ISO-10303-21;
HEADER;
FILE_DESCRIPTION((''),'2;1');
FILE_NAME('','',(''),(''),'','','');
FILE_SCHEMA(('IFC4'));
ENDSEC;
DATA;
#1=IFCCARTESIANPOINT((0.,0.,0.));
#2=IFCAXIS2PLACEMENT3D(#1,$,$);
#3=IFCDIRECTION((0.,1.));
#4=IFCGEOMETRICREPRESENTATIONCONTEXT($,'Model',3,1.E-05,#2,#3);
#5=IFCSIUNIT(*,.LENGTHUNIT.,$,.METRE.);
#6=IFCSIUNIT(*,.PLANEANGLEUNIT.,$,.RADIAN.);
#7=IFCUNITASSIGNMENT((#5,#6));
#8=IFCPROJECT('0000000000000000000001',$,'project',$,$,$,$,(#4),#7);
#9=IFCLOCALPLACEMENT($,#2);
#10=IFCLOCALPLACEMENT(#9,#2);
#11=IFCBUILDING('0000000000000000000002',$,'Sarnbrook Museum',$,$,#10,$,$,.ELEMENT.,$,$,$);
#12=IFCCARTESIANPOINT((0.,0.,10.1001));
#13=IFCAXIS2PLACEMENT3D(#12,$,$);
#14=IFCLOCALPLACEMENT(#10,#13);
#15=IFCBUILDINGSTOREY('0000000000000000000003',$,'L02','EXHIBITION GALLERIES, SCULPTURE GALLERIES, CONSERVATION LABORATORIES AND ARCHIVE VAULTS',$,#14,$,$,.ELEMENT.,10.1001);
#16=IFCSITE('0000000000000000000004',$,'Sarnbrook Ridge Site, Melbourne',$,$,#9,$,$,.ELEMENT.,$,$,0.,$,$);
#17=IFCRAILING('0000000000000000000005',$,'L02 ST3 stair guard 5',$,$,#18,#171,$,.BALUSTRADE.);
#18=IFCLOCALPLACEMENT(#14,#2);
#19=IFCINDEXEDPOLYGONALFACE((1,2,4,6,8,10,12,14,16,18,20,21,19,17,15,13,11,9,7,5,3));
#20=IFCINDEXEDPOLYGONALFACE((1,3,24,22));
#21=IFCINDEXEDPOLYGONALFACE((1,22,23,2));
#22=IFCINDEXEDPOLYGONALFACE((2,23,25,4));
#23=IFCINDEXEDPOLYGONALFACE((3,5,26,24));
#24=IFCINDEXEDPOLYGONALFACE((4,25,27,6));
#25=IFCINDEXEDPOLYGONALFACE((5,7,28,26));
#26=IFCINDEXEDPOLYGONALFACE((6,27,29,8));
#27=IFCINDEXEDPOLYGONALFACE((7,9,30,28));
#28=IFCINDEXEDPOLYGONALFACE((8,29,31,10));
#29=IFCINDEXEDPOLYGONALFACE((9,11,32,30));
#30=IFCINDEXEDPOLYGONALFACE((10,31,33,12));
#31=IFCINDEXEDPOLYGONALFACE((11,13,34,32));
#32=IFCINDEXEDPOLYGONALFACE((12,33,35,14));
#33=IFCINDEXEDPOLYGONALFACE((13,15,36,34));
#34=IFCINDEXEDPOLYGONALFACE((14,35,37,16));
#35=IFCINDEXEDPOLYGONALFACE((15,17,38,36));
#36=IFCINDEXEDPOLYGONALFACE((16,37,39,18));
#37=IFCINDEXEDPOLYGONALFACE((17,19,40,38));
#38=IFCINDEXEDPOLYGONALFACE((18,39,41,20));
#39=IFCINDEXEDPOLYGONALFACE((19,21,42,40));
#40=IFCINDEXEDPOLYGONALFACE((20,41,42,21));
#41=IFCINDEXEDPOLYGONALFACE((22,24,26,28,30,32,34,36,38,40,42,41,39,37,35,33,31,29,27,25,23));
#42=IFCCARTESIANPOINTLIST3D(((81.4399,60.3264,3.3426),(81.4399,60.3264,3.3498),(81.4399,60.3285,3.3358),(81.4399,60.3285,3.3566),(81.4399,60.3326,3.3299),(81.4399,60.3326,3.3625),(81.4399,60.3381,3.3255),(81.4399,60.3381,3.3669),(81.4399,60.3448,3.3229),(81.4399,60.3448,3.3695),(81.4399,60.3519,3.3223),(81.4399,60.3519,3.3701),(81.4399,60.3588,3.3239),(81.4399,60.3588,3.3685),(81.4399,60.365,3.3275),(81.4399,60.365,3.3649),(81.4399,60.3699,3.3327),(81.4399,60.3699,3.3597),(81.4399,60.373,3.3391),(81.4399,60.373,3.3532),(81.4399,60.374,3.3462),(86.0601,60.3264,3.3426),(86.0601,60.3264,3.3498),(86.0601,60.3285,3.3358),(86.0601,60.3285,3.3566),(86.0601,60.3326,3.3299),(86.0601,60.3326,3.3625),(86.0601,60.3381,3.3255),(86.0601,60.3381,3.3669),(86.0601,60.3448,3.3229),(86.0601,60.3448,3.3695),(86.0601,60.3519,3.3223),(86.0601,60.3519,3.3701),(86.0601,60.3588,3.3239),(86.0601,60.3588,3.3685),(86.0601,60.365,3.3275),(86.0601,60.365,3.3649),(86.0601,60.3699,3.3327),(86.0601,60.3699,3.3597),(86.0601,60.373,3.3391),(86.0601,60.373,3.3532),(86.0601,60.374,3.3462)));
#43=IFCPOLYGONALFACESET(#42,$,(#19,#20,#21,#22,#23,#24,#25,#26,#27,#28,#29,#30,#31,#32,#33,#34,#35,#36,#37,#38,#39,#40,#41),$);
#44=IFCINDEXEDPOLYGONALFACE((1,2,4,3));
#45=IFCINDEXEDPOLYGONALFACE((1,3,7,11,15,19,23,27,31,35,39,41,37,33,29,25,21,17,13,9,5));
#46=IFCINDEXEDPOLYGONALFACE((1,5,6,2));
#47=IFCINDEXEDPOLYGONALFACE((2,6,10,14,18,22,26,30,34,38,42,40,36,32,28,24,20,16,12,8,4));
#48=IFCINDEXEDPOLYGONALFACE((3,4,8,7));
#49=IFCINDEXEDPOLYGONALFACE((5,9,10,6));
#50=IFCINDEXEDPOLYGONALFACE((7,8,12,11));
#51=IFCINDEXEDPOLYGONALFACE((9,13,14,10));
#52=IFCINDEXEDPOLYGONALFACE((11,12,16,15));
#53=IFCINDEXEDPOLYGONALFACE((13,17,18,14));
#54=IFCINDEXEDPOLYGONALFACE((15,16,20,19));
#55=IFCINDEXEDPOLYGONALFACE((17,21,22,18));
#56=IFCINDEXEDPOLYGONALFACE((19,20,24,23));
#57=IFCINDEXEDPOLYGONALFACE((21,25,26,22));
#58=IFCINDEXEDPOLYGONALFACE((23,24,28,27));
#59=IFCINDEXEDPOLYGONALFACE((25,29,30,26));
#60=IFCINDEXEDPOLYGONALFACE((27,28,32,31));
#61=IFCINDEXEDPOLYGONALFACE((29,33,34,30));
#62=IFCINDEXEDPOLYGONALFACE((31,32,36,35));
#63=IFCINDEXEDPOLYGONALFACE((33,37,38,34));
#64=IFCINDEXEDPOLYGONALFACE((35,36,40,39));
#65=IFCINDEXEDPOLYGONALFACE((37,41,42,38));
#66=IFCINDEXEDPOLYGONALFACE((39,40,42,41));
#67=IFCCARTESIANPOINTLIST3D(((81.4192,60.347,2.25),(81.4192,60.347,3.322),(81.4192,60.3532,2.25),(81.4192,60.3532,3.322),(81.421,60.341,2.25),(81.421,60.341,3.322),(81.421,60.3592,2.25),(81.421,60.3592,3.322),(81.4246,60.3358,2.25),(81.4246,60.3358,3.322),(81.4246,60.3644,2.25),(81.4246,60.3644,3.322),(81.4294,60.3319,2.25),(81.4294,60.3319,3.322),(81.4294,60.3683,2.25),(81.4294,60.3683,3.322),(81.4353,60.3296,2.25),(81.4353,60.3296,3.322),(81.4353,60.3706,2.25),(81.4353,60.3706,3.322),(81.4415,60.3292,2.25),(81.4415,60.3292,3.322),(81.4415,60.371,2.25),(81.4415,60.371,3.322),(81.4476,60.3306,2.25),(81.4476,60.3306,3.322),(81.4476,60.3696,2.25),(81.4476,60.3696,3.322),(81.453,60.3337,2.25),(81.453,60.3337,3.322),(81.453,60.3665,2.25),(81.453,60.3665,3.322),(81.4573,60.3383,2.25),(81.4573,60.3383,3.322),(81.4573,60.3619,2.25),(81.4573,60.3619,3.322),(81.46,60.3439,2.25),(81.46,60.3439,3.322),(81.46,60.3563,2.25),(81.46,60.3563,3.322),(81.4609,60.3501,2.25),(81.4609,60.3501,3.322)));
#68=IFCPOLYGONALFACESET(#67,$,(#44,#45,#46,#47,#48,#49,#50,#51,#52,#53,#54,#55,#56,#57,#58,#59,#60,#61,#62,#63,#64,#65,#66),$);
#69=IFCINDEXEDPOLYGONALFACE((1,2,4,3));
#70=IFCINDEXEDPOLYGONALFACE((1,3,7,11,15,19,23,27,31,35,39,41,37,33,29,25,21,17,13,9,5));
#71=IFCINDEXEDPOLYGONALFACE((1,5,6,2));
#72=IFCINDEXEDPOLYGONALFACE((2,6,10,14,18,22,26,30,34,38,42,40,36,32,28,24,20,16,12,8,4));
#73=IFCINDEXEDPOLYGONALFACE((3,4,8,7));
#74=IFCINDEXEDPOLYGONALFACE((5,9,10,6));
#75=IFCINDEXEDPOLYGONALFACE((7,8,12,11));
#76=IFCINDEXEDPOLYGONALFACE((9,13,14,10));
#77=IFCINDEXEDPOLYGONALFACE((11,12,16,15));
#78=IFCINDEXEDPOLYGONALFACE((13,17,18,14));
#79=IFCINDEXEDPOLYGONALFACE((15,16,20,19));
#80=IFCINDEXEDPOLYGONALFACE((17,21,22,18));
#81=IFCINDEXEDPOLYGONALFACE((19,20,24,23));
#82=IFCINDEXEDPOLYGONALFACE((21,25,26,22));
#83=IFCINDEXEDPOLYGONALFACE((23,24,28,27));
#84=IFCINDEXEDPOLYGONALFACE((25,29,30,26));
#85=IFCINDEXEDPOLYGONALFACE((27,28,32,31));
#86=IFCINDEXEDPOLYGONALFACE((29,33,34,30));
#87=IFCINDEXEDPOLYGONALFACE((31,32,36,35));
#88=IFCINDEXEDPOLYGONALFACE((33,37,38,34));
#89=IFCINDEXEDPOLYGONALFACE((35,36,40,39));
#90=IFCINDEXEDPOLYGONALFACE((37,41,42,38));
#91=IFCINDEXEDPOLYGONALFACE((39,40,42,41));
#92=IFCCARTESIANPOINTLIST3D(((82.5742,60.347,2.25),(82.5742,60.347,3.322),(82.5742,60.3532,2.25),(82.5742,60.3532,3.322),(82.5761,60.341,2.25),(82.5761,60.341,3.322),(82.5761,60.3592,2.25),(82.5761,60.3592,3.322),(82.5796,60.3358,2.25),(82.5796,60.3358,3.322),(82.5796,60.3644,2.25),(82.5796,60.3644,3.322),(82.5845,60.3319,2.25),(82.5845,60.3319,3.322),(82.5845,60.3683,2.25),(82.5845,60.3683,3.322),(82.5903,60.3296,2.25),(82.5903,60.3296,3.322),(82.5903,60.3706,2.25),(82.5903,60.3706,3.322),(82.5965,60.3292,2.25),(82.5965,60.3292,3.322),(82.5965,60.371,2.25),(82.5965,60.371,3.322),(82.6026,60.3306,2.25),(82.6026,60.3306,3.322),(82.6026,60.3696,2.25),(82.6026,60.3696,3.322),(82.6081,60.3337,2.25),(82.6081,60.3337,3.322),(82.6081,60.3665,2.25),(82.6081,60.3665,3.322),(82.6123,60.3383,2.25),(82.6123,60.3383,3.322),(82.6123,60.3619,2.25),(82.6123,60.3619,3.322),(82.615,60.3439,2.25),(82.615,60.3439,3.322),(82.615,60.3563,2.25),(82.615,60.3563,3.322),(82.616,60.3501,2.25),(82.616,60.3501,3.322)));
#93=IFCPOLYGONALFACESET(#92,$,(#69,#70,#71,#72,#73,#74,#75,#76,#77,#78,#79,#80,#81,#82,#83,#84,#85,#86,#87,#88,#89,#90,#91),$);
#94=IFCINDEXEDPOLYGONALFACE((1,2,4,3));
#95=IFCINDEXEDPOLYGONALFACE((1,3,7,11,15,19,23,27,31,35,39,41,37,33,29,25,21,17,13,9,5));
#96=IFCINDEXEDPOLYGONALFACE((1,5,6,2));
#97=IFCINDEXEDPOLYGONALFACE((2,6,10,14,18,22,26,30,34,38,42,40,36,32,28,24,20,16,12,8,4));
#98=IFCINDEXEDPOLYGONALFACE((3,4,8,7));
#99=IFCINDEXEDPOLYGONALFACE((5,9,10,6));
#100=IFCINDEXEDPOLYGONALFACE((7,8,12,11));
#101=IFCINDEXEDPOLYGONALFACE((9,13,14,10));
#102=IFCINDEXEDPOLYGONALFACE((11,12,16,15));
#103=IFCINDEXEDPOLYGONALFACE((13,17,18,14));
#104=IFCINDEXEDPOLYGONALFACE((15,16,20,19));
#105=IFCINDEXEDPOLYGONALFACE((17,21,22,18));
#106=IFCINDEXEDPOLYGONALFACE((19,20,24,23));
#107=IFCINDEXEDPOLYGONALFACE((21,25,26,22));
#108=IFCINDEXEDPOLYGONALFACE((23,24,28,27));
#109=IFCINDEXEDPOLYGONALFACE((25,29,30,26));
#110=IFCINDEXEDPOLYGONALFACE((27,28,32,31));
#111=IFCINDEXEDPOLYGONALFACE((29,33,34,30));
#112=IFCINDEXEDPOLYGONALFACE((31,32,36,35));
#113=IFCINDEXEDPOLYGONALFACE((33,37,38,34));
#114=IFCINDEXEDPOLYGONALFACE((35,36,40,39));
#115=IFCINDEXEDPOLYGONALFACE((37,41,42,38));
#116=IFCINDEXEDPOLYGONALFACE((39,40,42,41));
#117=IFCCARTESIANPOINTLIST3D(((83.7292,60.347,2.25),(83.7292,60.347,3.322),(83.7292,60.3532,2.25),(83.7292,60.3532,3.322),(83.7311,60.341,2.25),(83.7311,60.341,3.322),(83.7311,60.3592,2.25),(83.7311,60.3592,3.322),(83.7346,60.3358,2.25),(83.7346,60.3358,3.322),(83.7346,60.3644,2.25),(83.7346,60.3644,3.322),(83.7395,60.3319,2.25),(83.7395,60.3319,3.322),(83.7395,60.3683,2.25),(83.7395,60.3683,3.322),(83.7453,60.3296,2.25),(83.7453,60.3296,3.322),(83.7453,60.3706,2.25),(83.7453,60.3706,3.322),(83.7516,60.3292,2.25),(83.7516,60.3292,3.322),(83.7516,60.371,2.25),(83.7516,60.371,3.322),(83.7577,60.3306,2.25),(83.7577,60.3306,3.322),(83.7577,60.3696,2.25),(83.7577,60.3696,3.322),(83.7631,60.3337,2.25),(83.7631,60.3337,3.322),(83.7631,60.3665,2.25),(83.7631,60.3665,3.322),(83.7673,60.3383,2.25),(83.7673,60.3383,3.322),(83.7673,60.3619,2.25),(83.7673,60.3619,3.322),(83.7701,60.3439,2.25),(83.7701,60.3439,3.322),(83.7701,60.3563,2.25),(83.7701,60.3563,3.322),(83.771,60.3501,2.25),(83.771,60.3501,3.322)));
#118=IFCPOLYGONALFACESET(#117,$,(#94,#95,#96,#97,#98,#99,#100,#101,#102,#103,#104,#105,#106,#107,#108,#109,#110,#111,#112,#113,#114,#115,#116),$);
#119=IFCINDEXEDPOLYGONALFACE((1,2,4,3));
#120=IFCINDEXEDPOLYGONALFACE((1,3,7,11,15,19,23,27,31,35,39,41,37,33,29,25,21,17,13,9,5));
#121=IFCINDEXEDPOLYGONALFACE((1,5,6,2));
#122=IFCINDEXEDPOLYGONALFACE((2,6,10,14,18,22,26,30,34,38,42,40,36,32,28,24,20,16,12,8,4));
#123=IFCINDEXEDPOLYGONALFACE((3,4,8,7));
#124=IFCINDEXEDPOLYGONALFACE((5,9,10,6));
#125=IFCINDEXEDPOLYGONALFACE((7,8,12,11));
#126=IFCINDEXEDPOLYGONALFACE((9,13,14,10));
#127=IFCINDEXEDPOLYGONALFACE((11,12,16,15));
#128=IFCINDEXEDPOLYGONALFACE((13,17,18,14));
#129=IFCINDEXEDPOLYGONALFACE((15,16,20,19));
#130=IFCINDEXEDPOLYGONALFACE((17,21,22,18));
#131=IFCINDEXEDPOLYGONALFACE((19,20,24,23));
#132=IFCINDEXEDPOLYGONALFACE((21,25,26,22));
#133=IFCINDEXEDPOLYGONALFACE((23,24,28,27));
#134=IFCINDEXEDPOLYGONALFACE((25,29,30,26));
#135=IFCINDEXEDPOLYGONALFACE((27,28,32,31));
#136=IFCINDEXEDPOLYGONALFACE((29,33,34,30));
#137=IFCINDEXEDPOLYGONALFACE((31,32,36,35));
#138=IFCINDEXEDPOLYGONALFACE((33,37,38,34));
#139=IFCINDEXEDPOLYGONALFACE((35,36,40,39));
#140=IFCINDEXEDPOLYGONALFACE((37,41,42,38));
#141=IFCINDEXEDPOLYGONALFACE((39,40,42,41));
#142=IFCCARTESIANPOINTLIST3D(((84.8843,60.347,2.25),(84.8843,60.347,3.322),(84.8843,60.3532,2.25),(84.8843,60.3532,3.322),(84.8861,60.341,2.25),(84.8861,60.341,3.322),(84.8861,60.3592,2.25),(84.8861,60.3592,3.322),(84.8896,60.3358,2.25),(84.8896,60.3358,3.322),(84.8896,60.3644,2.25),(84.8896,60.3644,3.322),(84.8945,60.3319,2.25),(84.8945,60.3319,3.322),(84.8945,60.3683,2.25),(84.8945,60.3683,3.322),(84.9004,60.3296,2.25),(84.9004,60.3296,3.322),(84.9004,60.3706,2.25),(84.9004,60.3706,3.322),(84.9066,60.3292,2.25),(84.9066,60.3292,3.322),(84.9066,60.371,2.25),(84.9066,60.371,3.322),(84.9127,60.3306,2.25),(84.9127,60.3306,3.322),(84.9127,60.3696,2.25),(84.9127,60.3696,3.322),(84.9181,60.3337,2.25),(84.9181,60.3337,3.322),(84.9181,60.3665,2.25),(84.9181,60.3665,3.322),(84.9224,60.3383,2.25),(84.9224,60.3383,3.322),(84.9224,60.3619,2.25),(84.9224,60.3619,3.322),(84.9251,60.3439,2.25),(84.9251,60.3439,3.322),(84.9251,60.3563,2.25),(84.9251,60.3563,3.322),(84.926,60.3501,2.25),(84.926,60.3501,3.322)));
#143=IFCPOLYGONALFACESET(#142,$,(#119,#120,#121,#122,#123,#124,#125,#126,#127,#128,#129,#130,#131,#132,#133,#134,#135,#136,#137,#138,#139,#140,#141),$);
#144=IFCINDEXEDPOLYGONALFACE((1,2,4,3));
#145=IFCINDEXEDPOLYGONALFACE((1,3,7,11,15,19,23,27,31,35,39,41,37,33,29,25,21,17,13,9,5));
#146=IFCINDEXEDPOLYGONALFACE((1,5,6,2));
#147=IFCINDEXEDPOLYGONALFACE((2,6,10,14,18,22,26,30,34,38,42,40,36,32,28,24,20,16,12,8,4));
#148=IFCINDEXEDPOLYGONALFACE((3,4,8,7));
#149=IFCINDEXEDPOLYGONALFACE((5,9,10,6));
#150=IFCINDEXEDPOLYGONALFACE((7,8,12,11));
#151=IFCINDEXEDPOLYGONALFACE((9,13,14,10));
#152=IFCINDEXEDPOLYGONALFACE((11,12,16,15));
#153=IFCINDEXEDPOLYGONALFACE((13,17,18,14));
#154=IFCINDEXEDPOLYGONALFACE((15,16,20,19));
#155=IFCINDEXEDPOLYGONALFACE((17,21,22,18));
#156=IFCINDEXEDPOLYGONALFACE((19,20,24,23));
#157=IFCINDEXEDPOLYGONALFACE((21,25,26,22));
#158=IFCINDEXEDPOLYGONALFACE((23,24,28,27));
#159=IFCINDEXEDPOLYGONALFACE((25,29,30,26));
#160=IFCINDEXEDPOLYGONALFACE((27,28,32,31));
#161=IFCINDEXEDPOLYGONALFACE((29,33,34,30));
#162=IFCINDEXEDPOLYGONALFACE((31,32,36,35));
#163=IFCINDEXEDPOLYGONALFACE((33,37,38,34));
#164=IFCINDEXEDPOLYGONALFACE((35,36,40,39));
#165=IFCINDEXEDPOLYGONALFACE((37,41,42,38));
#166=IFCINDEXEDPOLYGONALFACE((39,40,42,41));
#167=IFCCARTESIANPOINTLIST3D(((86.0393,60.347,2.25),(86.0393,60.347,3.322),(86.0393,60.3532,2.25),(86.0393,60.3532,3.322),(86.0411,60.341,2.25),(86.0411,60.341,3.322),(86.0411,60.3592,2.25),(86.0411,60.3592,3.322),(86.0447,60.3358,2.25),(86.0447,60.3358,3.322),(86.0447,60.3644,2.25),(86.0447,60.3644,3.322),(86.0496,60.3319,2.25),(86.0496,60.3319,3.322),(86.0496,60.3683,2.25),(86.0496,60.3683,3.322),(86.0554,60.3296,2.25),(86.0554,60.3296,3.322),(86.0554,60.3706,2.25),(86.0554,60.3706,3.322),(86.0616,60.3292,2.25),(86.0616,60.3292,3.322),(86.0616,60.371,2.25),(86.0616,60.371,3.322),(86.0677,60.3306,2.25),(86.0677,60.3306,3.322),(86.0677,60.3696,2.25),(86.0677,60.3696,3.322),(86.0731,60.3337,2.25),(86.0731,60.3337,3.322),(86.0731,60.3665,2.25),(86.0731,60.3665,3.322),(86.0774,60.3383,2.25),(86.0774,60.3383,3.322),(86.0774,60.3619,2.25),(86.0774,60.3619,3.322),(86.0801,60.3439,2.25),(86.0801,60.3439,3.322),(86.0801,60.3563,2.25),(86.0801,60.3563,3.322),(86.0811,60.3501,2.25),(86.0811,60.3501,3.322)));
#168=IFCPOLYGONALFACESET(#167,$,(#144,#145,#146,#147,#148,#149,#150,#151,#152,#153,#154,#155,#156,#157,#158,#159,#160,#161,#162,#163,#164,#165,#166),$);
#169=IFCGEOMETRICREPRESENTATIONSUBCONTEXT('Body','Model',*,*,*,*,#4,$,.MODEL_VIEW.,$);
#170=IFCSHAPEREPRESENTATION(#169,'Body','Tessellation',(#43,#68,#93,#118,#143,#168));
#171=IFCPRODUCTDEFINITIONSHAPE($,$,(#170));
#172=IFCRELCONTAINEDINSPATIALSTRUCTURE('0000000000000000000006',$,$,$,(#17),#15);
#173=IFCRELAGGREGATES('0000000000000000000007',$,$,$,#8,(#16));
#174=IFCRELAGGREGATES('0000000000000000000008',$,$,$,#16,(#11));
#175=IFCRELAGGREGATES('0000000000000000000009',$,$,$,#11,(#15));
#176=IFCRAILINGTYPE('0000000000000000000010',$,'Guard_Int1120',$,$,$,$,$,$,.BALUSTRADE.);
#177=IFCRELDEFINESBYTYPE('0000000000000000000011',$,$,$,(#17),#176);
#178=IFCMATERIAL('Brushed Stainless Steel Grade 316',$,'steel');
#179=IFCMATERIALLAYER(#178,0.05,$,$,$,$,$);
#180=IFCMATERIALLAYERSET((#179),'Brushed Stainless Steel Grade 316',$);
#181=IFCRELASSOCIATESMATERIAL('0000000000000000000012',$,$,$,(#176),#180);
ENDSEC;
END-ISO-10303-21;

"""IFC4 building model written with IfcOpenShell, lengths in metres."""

from ifc_helpers import new_model, si_unit, direction, frame, origin, origin_2d, place, context, subcontext, project, spatial, circle, extrude, material, layer, layer_set, type_object, element, save


model = new_model("IFC4")

# Units and contexts
model_context = context("Model", 3, precision=1e-05, world=origin(), true_north=direction((0.0, 1.0)))
body_context = subcontext(model_context, "Body", "Model", "MODEL_VIEW")
ifc_project = project(units=[si_unit("LENGTHUNIT", "METRE"), si_unit("PLANEANGLEUNIT", "RADIAN")], contexts=[model_context])

# Site, building, storey
site_placement = place(None, origin())
site = spatial("IfcSite", under=ifc_project, at=site_placement, Name="Sarnbrook Ridge Site, Melbourne", CompositionType="ELEMENT", RefElevation=0.0)
building_placement = place(site_placement, origin())
building = spatial("IfcBuilding", under=site, at=building_placement, Name="Sarnbrook Museum", CompositionType="ELEMENT")
storey_placement = place(building_placement, frame((0.0, 0.0, 10.1001)))
storey = spatial("IfcBuildingStorey", under=building, at=storey_placement, Name="L02", Description="EXHIBITION GALLERIES, SCULPTURE GALLERIES, CONSERVATION LABORATORIES AND ARCHIVE VAULTS", CompositionType="ELEMENT", Elevation=10.1001)

# Shared definitions
ifc_material_1 = material(Name="Brushed Stainless Steel Grade 316", Category="steel")

# Railing
ifc_layer_1 = layer(ifc_material_1, 0.05)
ifc_layer_set_1 = layer_set([ifc_layer_1], Name="Brushed Stainless Steel Grade 316")
railing_type_1 = type_object("IfcRailingType", Name="Guard_Int1120", PredefinedType="BALUSTRADE", material=ifc_layer_set_1)
railing_1_placement = place(storey_placement, frame((81.4399, 60.3501, 2.25)))
element("IfcRailing", 1, at=railing_1_placement, inside=storey, type_object=railing_type_1, Name="L02 ST3 stair guard 5", PredefinedType="BALUSTRADE", context=body_context, shape_type="SweptSolid", body=[
    extrude(circle(Radius=0.0239, at=origin_2d()), frame((0.0, 0.0, 1.0962), z_axis=(1.0, 0.0, 0.0), x_axis=(0.0, 1.0, 0.0)), (0.0, 0.0, 1.0), 4.6201),
    extrude(circle(Radius=0.021, at=origin_2d()), origin(), (0.0, 0.0, 1.0), 1.072),
    extrude(circle(Radius=0.021, at=origin_2d()), frame((1.155, 0.0, 0.0)), (0.0, 0.0, 1.0), 1.072),
    extrude(circle(Radius=0.021, at=origin_2d()), frame((2.3101, 0.0, 0.0)), (0.0, 0.0, 1.0), 1.072),
    extrude(circle(Radius=0.021, at=origin_2d()), frame((3.4651, 0.0, 0.0)), (0.0, 0.0, 1.0), 1.072),
    extrude(circle(Radius=0.021, at=origin_2d()), frame((4.6201, 0.0, 0.0)), (0.0, 0.0, 1.0), 1.072),
])

save(model, "model.ifc")
